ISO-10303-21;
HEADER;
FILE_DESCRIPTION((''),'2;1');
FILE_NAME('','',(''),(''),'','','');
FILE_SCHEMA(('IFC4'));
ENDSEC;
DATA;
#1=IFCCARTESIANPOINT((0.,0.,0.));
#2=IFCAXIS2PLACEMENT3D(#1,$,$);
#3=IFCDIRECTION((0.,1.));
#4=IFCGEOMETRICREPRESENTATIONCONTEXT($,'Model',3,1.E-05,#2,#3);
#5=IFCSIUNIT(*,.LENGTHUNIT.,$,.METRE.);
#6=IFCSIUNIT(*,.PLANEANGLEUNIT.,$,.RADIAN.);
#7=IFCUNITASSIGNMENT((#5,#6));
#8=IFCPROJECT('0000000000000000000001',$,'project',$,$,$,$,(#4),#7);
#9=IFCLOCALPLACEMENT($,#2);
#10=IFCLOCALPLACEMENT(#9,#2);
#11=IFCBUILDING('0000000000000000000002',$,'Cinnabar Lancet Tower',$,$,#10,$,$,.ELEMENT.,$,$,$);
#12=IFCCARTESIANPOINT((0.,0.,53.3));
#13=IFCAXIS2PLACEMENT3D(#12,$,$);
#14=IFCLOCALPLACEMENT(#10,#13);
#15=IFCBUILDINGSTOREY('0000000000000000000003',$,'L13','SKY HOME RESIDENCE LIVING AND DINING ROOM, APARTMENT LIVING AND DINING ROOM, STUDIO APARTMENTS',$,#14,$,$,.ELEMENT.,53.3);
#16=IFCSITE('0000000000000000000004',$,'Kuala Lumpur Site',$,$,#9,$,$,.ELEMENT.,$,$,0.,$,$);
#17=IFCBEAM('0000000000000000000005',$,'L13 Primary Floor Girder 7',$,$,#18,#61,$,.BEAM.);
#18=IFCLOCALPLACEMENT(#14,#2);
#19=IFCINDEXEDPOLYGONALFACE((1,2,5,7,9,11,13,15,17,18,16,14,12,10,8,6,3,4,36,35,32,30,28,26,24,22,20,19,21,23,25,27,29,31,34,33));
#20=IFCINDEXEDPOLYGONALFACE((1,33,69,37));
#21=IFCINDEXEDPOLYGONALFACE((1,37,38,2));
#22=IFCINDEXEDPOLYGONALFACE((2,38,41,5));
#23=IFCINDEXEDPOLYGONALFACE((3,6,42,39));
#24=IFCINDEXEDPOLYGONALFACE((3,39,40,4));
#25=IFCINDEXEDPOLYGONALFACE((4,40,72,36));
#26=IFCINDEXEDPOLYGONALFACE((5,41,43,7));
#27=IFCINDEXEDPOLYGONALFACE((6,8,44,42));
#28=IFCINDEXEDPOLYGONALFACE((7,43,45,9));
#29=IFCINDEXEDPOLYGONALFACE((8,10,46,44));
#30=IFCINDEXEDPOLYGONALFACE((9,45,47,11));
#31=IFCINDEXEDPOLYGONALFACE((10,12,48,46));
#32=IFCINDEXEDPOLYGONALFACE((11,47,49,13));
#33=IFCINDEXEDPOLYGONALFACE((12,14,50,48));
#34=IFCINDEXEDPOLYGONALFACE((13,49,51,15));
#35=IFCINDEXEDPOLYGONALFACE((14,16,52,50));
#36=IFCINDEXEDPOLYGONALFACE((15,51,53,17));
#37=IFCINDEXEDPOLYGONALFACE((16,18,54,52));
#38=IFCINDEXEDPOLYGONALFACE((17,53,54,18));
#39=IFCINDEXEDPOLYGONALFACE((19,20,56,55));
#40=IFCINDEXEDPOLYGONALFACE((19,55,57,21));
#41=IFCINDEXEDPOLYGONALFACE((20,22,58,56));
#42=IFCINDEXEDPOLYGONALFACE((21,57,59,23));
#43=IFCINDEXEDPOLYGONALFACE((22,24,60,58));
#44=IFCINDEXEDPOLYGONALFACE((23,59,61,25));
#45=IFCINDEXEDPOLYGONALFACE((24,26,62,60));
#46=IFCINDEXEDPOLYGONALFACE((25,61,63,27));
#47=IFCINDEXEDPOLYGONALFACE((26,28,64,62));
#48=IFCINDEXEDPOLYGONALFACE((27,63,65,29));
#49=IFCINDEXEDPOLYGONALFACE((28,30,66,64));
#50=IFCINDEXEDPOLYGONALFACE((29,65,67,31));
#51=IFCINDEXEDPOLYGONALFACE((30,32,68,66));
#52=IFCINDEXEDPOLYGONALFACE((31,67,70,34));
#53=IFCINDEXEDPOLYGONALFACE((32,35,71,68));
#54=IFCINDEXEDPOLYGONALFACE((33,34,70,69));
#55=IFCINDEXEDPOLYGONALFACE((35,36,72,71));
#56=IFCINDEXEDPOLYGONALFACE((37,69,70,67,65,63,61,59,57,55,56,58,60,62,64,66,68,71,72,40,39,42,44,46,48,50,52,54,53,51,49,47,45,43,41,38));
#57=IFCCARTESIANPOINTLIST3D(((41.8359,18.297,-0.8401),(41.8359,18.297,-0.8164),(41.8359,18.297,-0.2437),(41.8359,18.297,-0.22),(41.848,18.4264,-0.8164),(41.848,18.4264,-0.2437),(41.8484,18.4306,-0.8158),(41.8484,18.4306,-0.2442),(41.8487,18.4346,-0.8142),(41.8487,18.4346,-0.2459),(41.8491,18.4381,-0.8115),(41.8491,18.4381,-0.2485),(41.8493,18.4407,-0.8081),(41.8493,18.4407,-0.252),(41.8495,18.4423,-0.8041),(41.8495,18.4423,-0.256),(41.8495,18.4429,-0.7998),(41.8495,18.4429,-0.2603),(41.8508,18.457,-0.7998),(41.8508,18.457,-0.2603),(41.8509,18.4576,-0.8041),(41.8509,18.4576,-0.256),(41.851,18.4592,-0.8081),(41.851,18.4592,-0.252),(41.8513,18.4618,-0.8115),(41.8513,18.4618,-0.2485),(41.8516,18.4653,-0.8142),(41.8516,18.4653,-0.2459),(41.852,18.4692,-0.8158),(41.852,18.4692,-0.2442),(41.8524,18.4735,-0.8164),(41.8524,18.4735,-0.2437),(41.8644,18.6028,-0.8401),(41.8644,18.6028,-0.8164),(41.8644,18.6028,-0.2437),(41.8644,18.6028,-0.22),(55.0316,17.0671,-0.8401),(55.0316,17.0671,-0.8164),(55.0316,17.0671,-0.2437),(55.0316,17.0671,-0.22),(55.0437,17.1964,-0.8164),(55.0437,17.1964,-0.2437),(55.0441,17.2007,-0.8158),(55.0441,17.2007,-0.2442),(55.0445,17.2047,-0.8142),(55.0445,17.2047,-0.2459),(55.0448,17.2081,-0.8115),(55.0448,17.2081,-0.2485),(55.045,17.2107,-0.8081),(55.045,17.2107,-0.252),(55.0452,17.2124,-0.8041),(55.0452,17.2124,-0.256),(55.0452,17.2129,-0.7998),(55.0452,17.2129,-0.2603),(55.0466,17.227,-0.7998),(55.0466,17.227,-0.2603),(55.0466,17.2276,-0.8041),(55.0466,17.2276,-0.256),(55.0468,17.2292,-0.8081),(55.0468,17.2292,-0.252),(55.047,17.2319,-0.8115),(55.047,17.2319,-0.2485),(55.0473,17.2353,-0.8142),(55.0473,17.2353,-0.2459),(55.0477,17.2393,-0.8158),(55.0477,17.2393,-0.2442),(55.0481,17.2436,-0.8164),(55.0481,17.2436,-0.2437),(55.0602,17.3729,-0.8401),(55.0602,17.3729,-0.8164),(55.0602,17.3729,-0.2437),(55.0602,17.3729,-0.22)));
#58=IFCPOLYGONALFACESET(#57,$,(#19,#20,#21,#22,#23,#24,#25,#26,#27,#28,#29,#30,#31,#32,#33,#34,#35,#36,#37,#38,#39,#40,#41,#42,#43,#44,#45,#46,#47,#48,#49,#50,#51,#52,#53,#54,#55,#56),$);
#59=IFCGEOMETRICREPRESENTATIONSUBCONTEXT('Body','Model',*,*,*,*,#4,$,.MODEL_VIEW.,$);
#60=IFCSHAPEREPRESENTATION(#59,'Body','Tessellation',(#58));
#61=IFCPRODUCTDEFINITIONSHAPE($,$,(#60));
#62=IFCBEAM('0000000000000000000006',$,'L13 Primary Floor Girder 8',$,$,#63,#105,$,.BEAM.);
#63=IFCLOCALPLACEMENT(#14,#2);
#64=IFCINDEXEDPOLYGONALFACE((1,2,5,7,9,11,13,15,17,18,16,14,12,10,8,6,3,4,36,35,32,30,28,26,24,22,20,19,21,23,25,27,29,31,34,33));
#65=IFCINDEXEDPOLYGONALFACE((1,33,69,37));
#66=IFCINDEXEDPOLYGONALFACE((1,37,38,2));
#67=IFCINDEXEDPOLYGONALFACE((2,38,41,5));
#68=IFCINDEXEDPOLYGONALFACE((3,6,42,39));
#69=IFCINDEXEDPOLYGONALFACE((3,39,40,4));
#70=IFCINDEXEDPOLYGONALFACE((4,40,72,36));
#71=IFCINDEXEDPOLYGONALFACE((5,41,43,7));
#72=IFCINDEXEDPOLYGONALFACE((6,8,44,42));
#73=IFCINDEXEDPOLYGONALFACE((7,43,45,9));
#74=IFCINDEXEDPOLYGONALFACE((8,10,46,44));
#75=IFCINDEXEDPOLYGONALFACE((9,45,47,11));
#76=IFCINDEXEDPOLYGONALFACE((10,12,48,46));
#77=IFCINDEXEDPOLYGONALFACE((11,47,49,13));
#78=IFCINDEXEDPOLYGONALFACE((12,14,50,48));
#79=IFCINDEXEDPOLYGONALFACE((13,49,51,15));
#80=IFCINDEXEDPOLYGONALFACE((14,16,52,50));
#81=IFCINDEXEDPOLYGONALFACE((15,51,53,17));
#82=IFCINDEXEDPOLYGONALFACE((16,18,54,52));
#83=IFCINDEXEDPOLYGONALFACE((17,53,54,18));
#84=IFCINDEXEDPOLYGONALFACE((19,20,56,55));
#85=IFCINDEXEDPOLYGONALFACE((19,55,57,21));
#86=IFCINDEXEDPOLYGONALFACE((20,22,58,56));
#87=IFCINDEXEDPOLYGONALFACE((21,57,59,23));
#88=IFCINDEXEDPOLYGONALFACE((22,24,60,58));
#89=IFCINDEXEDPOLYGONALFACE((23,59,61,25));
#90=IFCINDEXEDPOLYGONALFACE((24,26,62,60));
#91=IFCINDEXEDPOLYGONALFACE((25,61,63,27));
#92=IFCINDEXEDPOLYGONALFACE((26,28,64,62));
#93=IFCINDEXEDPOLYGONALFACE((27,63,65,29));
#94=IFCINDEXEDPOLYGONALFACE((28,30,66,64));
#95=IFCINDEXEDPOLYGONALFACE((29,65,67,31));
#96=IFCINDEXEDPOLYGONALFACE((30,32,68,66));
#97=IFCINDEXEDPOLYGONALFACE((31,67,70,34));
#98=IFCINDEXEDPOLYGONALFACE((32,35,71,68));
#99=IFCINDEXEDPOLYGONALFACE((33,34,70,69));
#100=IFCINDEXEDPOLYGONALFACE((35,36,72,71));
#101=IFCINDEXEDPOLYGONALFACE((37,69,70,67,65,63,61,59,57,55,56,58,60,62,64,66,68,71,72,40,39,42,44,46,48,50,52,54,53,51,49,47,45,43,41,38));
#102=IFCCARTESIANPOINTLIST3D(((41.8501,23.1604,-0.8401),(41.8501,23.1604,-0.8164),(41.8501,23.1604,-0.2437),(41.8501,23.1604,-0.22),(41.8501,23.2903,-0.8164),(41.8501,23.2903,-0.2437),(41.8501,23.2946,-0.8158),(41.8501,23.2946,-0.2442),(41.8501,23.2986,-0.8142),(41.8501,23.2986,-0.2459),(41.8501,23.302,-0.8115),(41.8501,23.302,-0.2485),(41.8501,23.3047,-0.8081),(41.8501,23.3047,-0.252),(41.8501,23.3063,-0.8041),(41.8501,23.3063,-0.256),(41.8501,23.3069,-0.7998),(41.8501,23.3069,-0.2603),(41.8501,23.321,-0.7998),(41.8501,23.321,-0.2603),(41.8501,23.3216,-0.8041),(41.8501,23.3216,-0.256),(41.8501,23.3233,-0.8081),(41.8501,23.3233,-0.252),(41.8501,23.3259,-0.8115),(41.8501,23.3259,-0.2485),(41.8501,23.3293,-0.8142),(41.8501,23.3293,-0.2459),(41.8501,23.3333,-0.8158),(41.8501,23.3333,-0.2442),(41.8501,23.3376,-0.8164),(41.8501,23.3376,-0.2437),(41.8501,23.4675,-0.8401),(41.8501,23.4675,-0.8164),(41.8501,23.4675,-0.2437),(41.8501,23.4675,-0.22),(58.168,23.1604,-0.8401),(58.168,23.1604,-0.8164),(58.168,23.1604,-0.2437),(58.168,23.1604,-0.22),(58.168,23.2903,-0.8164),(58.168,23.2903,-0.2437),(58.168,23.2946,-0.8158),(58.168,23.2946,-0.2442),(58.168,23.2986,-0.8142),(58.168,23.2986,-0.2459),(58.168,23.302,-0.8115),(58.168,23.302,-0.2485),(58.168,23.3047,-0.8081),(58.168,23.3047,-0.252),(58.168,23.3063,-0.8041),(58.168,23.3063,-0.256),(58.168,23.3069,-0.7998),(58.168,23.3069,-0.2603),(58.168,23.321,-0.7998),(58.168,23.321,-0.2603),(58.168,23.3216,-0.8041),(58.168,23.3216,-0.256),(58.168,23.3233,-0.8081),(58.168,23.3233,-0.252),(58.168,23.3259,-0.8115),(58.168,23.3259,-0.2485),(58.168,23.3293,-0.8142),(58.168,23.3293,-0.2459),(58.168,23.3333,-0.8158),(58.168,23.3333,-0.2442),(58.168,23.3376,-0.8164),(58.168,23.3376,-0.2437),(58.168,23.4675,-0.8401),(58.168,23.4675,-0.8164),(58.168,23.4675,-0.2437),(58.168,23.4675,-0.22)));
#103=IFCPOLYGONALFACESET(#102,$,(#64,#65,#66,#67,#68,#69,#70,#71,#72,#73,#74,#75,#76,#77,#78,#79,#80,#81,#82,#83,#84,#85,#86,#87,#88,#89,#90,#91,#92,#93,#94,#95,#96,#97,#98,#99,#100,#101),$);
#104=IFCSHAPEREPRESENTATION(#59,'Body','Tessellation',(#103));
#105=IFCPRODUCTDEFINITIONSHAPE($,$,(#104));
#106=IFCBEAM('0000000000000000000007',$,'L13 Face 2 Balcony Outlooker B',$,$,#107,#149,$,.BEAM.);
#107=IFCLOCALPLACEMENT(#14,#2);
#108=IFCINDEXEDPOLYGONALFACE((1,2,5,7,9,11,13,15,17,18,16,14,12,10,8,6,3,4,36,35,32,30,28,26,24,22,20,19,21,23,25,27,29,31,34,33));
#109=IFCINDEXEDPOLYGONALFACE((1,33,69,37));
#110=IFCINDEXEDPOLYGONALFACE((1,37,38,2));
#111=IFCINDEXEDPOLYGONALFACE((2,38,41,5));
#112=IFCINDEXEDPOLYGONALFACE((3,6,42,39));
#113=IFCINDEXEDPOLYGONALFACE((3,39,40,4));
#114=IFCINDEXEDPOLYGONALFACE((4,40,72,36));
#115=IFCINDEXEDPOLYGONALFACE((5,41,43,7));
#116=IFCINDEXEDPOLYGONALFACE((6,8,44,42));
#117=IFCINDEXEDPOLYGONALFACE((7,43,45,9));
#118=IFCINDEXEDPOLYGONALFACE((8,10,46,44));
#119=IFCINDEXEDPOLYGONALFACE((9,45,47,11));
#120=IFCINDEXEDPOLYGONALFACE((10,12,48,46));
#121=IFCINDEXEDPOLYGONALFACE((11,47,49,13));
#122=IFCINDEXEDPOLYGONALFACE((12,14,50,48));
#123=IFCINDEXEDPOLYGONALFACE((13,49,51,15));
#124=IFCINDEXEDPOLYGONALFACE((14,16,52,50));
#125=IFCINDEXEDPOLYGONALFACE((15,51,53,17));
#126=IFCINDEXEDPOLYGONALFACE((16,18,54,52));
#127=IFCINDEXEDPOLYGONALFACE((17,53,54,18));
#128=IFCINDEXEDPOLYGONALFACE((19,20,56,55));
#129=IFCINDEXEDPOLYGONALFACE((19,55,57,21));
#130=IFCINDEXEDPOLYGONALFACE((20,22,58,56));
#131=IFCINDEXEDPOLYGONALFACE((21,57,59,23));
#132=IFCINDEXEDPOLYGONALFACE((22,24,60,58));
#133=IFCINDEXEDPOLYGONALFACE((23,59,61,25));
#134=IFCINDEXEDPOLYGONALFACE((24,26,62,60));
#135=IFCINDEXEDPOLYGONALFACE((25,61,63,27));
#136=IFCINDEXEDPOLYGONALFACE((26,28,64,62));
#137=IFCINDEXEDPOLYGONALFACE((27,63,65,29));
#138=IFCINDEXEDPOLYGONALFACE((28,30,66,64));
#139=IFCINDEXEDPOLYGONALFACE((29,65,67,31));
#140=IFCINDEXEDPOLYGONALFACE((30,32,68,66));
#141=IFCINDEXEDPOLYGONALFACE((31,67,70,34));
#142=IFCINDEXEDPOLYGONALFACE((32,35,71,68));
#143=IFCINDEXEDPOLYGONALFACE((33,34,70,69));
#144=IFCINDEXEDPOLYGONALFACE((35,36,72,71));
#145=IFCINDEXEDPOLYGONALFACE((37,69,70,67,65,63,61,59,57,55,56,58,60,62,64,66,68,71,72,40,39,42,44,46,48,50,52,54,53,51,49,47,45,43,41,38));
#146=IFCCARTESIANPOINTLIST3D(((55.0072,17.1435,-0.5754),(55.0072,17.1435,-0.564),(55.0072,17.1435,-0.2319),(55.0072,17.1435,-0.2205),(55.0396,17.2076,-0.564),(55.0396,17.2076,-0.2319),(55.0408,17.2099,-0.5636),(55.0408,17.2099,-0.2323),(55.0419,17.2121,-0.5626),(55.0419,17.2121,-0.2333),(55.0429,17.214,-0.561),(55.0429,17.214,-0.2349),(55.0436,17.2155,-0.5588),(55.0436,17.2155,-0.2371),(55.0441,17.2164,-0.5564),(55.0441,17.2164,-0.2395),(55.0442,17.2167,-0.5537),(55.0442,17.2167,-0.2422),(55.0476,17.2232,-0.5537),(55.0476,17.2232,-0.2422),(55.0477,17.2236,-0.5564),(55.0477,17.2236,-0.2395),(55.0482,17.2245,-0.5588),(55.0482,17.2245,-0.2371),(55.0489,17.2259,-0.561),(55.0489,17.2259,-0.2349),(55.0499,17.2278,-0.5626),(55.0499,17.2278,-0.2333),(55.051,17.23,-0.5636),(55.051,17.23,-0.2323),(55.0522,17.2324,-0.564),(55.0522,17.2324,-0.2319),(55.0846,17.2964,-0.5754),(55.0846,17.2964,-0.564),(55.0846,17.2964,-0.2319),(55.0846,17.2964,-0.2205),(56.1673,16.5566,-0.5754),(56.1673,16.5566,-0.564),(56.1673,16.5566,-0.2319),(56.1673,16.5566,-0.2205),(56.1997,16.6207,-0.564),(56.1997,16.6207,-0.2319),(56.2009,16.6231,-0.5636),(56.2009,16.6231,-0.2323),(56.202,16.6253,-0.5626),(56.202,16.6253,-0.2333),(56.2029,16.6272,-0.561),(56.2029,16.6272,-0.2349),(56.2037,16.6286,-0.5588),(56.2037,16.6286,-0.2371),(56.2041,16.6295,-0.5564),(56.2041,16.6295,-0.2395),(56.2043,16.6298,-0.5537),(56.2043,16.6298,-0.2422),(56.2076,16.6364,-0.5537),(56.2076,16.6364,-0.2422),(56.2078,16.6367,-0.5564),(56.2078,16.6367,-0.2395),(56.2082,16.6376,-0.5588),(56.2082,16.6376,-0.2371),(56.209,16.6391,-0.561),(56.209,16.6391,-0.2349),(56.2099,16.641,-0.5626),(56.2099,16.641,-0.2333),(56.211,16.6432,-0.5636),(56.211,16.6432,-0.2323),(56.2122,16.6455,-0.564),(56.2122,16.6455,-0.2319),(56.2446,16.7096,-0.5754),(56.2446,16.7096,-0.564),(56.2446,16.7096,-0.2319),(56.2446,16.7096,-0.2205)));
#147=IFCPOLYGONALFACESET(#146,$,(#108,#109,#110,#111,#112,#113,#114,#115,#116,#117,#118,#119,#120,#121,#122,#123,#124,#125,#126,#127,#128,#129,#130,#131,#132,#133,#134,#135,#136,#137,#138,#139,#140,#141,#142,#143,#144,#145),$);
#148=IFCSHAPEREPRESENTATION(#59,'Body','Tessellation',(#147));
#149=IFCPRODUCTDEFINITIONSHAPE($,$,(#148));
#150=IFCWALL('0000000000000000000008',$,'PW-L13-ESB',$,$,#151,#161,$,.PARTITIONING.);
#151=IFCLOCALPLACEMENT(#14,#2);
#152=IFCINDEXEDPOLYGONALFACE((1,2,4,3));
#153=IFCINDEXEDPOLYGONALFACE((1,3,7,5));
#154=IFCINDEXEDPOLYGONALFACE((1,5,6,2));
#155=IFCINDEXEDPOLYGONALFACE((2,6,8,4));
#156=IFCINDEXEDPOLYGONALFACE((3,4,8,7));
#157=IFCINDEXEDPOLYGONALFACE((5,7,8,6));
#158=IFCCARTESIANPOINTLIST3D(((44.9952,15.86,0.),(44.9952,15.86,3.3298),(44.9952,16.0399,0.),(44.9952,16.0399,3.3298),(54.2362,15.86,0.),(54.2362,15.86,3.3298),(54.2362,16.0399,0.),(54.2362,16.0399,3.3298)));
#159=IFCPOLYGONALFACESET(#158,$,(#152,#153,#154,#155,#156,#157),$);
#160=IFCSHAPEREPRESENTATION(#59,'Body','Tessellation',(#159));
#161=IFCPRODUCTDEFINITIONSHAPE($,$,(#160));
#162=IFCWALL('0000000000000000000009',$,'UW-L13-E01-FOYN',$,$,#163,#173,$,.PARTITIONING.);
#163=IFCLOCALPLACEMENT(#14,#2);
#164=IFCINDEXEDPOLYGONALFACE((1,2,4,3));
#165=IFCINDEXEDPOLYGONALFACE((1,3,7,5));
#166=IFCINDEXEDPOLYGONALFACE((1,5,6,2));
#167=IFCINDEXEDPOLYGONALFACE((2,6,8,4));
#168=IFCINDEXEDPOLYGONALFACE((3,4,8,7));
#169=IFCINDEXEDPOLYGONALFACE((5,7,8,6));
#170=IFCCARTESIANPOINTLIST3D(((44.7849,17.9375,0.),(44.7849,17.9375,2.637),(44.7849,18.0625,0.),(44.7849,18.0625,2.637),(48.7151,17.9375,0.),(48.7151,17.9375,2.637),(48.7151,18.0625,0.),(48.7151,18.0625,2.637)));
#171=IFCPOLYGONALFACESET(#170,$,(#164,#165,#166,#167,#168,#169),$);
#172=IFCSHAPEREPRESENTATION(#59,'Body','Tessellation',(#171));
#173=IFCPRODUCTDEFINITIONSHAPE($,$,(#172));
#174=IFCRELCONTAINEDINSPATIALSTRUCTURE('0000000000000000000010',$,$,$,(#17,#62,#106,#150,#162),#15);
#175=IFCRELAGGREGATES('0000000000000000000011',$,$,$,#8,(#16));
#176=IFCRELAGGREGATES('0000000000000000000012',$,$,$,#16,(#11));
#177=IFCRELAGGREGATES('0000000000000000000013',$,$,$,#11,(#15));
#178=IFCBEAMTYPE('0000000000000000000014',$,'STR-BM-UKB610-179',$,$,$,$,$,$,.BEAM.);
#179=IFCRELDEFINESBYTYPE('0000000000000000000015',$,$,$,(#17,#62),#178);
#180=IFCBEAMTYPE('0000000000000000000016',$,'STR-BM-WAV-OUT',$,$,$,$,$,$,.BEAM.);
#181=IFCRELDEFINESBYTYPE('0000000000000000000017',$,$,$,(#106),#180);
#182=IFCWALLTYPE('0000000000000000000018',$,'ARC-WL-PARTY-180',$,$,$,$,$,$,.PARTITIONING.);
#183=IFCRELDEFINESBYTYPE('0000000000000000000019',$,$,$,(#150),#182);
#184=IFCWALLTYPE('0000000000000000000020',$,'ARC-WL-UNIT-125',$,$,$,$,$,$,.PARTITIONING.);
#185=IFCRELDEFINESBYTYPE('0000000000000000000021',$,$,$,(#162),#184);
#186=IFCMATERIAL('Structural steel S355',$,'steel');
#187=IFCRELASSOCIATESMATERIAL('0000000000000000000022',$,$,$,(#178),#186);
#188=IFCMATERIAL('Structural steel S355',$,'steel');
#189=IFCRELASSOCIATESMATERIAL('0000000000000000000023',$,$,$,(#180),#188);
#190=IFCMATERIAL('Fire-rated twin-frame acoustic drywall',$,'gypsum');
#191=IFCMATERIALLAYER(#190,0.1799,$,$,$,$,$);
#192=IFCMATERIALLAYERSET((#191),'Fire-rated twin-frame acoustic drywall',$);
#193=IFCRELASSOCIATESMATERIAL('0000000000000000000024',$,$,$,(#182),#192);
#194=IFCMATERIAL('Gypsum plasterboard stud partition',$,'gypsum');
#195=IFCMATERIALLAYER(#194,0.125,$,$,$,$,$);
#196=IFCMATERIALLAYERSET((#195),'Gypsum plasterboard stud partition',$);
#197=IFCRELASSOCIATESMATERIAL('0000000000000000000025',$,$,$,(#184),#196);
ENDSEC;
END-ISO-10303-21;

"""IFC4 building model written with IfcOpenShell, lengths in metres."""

from ifc_helpers import new_model, si_unit, direction, frame, frame_2d, origin, origin_2d, place, context, subcontext, project, spatial, rectangle, i_section, extrude, material, layer, layer_set, material_profile, profile_set, type_object, element, save


model = new_model("IFC4")

# Units and contexts
model_context = context("Model", 3, precision=1e-05, world=origin(), true_north=direction((0.0, 1.0)))
body_context = subcontext(model_context, "Body", "Model", "MODEL_VIEW")
ifc_project = project(units=[si_unit("LENGTHUNIT", "METRE"), si_unit("PLANEANGLEUNIT", "RADIAN")], contexts=[model_context])

# Site, building, storey
site_placement = place(None, origin())
site = spatial("IfcSite", under=ifc_project, at=site_placement, Name="Kuala Lumpur Site", CompositionType="ELEMENT", RefElevation=0.0)
building_placement = place(site_placement, origin())
building = spatial("IfcBuilding", under=site, at=building_placement, Name="Cinnabar Lancet Tower", CompositionType="ELEMENT")
storey_placement = place(building_placement, frame((0.0, 0.0, 53.3)))
storey = spatial("IfcBuildingStorey", under=building, at=storey_placement, Name="L13", Description="SKY HOME RESIDENCE LIVING AND DINING ROOM, APARTMENT LIVING AND DINING ROOM, STUDIO APARTMENTS", CompositionType="ELEMENT", Elevation=53.3)

# Beams
ifc_material_1 = material(Name="Structural steel S355", Category="steel")
ifc_material_profile_1 = material_profile(ifc_material_1, i_section(OverallWidth=0.3071, OverallDepth=0.6201, WebThickness=0.0142, FlangeThickness=0.0237, FilletRadius=0.0166, at=origin_2d()), Name="UKB 610x305x179")
ifc_profile_set_1 = profile_set([ifc_material_profile_1], Name="Structural steel S355")
beam_type_1 = type_object("IfcBeamType", Name="STR-BM-UKB610-179", PredefinedType="BEAM", material=ifc_profile_set_1)
beam_1_placement = place(storey_placement, frame((55.0459, 17.22, -0.53), z_axis=(-0.995684, 0.092808, 0.0), x_axis=(-0.092808, -0.995684, 0.0)))
element("IfcBeam", 1, at=beam_1_placement, inside=storey, type_object=beam_type_1, Name="L13 Primary Floor Girder 7", PredefinedType="BEAM", context=body_context, shape_type="SweptSolid", body=[
    extrude(i_section(OverallWidth=0.3071, OverallDepth=0.6201, WebThickness=0.0142, FlangeThickness=0.0237, FilletRadius=0.0166, at=origin_2d()), origin(), (0.0, 0.0, 1.0), 13.2529),
])
beam_2_placement = place(storey_placement, frame((58.168, 23.314, -0.53), z_axis=(-1.0, 0.0, 0.0), x_axis=(0.0, -1.0, 0.0)))
element("IfcBeam", 2, at=beam_2_placement, inside=storey, type_object=beam_type_1, Name="L13 Primary Floor Girder 8", PredefinedType="BEAM", context=body_context, shape_type="SweptSolid", body=[
    extrude(i_section(OverallWidth=0.3071, OverallDepth=0.6201, WebThickness=0.0142, FlangeThickness=0.0237, FilletRadius=0.0166, at=origin_2d()), origin(), (0.0, 0.0, 1.0), 16.3179),
])
ifc_material_2 = material(Name="Structural steel S355", Category="steel")
ifc_material_profile_2 = material_profile(ifc_material_2, i_section(OverallWidth=0.1714, OverallDepth=0.355, WebThickness=0.0073, FlangeThickness=0.0115, FilletRadius=0.0103, at=origin_2d()), Name="UKB 356x171x51")
ifc_profile_set_2 = profile_set([ifc_material_profile_2], Name="Structural steel S355")
beam_type_2 = type_object("IfcBeamType", Name="STR-BM-WAV-OUT", PredefinedType="BEAM", material=ifc_profile_set_2)
beam_3_placement = place(storey_placement, frame((55.0459, 17.22, -0.3979), z_axis=(0.892314, -0.451415, 0.0), x_axis=(0.451415, 0.892314, 0.0)))
element("IfcBeam", 3, at=beam_3_placement, inside=storey, type_object=beam_type_2, Name="L13 Face 2 Balcony Outlooker B", PredefinedType="BEAM", context=body_context, shape_type="SweptSolid", body=[
    extrude(i_section(OverallWidth=0.1714, OverallDepth=0.355, WebThickness=0.0073, FlangeThickness=0.0115, FilletRadius=0.0103, at=origin_2d()), origin(), (0.0, 0.0, 1.0), 1.3),
])

# Walls
ifc_material_3 = material(Name="Fire-rated twin-frame acoustic drywall", Category="gypsum")
ifc_layer_1 = layer(ifc_material_3, 0.1799)
ifc_layer_set_1 = layer_set([ifc_layer_1], Name="Fire-rated twin-frame acoustic drywall")
wall_type_1 = type_object("IfcWallType", Name="ARC-WL-PARTY-180", PredefinedType="PARTITIONING", material=ifc_layer_set_1)
wall_1_placement = place(storey_placement, frame((44.9951, 15.95, 0.0), z_axis=(0.0, 0.0, 1.0), x_axis=(1.0, 0.0, 0.0)))
element("IfcWall", 4, at=wall_1_placement, inside=storey, type_object=wall_type_1, Name="PW-L13-ESB", PredefinedType="PARTITIONING", context=body_context, shape_type="SweptSolid", body=[
    extrude(rectangle(XDim=9.241, YDim=0.1799, at=frame_2d((4.6206, 0.0))), origin(), (0.0, 0.0, 1.0), 3.3298),
])
ifc_material_4 = material(Name="Gypsum plasterboard stud partition", Category="gypsum")
ifc_layer_2 = layer(ifc_material_4, 0.125)
ifc_layer_set_2 = layer_set([ifc_layer_2], Name="Gypsum plasterboard stud partition")
wall_type_2 = type_object("IfcWallType", Name="ARC-WL-UNIT-125", PredefinedType="PARTITIONING", material=ifc_layer_set_2)
wall_2_placement = place(storey_placement, frame((44.7849, 18.0, 0.0), z_axis=(0.0, 0.0, 1.0), x_axis=(1.0, 0.0, 0.0)))
element("IfcWall", 5, at=wall_2_placement, inside=storey, type_object=wall_type_2, Name="UW-L13-E01-FOYN", PredefinedType="PARTITIONING", context=body_context, shape_type="SweptSolid", body=[
    extrude(rectangle(XDim=3.9302, YDim=0.125, at=frame_2d((1.9651, 0.0))), origin(), (0.0, 0.0, 1.0), 2.637),
])

save(model, "model.ifc")
